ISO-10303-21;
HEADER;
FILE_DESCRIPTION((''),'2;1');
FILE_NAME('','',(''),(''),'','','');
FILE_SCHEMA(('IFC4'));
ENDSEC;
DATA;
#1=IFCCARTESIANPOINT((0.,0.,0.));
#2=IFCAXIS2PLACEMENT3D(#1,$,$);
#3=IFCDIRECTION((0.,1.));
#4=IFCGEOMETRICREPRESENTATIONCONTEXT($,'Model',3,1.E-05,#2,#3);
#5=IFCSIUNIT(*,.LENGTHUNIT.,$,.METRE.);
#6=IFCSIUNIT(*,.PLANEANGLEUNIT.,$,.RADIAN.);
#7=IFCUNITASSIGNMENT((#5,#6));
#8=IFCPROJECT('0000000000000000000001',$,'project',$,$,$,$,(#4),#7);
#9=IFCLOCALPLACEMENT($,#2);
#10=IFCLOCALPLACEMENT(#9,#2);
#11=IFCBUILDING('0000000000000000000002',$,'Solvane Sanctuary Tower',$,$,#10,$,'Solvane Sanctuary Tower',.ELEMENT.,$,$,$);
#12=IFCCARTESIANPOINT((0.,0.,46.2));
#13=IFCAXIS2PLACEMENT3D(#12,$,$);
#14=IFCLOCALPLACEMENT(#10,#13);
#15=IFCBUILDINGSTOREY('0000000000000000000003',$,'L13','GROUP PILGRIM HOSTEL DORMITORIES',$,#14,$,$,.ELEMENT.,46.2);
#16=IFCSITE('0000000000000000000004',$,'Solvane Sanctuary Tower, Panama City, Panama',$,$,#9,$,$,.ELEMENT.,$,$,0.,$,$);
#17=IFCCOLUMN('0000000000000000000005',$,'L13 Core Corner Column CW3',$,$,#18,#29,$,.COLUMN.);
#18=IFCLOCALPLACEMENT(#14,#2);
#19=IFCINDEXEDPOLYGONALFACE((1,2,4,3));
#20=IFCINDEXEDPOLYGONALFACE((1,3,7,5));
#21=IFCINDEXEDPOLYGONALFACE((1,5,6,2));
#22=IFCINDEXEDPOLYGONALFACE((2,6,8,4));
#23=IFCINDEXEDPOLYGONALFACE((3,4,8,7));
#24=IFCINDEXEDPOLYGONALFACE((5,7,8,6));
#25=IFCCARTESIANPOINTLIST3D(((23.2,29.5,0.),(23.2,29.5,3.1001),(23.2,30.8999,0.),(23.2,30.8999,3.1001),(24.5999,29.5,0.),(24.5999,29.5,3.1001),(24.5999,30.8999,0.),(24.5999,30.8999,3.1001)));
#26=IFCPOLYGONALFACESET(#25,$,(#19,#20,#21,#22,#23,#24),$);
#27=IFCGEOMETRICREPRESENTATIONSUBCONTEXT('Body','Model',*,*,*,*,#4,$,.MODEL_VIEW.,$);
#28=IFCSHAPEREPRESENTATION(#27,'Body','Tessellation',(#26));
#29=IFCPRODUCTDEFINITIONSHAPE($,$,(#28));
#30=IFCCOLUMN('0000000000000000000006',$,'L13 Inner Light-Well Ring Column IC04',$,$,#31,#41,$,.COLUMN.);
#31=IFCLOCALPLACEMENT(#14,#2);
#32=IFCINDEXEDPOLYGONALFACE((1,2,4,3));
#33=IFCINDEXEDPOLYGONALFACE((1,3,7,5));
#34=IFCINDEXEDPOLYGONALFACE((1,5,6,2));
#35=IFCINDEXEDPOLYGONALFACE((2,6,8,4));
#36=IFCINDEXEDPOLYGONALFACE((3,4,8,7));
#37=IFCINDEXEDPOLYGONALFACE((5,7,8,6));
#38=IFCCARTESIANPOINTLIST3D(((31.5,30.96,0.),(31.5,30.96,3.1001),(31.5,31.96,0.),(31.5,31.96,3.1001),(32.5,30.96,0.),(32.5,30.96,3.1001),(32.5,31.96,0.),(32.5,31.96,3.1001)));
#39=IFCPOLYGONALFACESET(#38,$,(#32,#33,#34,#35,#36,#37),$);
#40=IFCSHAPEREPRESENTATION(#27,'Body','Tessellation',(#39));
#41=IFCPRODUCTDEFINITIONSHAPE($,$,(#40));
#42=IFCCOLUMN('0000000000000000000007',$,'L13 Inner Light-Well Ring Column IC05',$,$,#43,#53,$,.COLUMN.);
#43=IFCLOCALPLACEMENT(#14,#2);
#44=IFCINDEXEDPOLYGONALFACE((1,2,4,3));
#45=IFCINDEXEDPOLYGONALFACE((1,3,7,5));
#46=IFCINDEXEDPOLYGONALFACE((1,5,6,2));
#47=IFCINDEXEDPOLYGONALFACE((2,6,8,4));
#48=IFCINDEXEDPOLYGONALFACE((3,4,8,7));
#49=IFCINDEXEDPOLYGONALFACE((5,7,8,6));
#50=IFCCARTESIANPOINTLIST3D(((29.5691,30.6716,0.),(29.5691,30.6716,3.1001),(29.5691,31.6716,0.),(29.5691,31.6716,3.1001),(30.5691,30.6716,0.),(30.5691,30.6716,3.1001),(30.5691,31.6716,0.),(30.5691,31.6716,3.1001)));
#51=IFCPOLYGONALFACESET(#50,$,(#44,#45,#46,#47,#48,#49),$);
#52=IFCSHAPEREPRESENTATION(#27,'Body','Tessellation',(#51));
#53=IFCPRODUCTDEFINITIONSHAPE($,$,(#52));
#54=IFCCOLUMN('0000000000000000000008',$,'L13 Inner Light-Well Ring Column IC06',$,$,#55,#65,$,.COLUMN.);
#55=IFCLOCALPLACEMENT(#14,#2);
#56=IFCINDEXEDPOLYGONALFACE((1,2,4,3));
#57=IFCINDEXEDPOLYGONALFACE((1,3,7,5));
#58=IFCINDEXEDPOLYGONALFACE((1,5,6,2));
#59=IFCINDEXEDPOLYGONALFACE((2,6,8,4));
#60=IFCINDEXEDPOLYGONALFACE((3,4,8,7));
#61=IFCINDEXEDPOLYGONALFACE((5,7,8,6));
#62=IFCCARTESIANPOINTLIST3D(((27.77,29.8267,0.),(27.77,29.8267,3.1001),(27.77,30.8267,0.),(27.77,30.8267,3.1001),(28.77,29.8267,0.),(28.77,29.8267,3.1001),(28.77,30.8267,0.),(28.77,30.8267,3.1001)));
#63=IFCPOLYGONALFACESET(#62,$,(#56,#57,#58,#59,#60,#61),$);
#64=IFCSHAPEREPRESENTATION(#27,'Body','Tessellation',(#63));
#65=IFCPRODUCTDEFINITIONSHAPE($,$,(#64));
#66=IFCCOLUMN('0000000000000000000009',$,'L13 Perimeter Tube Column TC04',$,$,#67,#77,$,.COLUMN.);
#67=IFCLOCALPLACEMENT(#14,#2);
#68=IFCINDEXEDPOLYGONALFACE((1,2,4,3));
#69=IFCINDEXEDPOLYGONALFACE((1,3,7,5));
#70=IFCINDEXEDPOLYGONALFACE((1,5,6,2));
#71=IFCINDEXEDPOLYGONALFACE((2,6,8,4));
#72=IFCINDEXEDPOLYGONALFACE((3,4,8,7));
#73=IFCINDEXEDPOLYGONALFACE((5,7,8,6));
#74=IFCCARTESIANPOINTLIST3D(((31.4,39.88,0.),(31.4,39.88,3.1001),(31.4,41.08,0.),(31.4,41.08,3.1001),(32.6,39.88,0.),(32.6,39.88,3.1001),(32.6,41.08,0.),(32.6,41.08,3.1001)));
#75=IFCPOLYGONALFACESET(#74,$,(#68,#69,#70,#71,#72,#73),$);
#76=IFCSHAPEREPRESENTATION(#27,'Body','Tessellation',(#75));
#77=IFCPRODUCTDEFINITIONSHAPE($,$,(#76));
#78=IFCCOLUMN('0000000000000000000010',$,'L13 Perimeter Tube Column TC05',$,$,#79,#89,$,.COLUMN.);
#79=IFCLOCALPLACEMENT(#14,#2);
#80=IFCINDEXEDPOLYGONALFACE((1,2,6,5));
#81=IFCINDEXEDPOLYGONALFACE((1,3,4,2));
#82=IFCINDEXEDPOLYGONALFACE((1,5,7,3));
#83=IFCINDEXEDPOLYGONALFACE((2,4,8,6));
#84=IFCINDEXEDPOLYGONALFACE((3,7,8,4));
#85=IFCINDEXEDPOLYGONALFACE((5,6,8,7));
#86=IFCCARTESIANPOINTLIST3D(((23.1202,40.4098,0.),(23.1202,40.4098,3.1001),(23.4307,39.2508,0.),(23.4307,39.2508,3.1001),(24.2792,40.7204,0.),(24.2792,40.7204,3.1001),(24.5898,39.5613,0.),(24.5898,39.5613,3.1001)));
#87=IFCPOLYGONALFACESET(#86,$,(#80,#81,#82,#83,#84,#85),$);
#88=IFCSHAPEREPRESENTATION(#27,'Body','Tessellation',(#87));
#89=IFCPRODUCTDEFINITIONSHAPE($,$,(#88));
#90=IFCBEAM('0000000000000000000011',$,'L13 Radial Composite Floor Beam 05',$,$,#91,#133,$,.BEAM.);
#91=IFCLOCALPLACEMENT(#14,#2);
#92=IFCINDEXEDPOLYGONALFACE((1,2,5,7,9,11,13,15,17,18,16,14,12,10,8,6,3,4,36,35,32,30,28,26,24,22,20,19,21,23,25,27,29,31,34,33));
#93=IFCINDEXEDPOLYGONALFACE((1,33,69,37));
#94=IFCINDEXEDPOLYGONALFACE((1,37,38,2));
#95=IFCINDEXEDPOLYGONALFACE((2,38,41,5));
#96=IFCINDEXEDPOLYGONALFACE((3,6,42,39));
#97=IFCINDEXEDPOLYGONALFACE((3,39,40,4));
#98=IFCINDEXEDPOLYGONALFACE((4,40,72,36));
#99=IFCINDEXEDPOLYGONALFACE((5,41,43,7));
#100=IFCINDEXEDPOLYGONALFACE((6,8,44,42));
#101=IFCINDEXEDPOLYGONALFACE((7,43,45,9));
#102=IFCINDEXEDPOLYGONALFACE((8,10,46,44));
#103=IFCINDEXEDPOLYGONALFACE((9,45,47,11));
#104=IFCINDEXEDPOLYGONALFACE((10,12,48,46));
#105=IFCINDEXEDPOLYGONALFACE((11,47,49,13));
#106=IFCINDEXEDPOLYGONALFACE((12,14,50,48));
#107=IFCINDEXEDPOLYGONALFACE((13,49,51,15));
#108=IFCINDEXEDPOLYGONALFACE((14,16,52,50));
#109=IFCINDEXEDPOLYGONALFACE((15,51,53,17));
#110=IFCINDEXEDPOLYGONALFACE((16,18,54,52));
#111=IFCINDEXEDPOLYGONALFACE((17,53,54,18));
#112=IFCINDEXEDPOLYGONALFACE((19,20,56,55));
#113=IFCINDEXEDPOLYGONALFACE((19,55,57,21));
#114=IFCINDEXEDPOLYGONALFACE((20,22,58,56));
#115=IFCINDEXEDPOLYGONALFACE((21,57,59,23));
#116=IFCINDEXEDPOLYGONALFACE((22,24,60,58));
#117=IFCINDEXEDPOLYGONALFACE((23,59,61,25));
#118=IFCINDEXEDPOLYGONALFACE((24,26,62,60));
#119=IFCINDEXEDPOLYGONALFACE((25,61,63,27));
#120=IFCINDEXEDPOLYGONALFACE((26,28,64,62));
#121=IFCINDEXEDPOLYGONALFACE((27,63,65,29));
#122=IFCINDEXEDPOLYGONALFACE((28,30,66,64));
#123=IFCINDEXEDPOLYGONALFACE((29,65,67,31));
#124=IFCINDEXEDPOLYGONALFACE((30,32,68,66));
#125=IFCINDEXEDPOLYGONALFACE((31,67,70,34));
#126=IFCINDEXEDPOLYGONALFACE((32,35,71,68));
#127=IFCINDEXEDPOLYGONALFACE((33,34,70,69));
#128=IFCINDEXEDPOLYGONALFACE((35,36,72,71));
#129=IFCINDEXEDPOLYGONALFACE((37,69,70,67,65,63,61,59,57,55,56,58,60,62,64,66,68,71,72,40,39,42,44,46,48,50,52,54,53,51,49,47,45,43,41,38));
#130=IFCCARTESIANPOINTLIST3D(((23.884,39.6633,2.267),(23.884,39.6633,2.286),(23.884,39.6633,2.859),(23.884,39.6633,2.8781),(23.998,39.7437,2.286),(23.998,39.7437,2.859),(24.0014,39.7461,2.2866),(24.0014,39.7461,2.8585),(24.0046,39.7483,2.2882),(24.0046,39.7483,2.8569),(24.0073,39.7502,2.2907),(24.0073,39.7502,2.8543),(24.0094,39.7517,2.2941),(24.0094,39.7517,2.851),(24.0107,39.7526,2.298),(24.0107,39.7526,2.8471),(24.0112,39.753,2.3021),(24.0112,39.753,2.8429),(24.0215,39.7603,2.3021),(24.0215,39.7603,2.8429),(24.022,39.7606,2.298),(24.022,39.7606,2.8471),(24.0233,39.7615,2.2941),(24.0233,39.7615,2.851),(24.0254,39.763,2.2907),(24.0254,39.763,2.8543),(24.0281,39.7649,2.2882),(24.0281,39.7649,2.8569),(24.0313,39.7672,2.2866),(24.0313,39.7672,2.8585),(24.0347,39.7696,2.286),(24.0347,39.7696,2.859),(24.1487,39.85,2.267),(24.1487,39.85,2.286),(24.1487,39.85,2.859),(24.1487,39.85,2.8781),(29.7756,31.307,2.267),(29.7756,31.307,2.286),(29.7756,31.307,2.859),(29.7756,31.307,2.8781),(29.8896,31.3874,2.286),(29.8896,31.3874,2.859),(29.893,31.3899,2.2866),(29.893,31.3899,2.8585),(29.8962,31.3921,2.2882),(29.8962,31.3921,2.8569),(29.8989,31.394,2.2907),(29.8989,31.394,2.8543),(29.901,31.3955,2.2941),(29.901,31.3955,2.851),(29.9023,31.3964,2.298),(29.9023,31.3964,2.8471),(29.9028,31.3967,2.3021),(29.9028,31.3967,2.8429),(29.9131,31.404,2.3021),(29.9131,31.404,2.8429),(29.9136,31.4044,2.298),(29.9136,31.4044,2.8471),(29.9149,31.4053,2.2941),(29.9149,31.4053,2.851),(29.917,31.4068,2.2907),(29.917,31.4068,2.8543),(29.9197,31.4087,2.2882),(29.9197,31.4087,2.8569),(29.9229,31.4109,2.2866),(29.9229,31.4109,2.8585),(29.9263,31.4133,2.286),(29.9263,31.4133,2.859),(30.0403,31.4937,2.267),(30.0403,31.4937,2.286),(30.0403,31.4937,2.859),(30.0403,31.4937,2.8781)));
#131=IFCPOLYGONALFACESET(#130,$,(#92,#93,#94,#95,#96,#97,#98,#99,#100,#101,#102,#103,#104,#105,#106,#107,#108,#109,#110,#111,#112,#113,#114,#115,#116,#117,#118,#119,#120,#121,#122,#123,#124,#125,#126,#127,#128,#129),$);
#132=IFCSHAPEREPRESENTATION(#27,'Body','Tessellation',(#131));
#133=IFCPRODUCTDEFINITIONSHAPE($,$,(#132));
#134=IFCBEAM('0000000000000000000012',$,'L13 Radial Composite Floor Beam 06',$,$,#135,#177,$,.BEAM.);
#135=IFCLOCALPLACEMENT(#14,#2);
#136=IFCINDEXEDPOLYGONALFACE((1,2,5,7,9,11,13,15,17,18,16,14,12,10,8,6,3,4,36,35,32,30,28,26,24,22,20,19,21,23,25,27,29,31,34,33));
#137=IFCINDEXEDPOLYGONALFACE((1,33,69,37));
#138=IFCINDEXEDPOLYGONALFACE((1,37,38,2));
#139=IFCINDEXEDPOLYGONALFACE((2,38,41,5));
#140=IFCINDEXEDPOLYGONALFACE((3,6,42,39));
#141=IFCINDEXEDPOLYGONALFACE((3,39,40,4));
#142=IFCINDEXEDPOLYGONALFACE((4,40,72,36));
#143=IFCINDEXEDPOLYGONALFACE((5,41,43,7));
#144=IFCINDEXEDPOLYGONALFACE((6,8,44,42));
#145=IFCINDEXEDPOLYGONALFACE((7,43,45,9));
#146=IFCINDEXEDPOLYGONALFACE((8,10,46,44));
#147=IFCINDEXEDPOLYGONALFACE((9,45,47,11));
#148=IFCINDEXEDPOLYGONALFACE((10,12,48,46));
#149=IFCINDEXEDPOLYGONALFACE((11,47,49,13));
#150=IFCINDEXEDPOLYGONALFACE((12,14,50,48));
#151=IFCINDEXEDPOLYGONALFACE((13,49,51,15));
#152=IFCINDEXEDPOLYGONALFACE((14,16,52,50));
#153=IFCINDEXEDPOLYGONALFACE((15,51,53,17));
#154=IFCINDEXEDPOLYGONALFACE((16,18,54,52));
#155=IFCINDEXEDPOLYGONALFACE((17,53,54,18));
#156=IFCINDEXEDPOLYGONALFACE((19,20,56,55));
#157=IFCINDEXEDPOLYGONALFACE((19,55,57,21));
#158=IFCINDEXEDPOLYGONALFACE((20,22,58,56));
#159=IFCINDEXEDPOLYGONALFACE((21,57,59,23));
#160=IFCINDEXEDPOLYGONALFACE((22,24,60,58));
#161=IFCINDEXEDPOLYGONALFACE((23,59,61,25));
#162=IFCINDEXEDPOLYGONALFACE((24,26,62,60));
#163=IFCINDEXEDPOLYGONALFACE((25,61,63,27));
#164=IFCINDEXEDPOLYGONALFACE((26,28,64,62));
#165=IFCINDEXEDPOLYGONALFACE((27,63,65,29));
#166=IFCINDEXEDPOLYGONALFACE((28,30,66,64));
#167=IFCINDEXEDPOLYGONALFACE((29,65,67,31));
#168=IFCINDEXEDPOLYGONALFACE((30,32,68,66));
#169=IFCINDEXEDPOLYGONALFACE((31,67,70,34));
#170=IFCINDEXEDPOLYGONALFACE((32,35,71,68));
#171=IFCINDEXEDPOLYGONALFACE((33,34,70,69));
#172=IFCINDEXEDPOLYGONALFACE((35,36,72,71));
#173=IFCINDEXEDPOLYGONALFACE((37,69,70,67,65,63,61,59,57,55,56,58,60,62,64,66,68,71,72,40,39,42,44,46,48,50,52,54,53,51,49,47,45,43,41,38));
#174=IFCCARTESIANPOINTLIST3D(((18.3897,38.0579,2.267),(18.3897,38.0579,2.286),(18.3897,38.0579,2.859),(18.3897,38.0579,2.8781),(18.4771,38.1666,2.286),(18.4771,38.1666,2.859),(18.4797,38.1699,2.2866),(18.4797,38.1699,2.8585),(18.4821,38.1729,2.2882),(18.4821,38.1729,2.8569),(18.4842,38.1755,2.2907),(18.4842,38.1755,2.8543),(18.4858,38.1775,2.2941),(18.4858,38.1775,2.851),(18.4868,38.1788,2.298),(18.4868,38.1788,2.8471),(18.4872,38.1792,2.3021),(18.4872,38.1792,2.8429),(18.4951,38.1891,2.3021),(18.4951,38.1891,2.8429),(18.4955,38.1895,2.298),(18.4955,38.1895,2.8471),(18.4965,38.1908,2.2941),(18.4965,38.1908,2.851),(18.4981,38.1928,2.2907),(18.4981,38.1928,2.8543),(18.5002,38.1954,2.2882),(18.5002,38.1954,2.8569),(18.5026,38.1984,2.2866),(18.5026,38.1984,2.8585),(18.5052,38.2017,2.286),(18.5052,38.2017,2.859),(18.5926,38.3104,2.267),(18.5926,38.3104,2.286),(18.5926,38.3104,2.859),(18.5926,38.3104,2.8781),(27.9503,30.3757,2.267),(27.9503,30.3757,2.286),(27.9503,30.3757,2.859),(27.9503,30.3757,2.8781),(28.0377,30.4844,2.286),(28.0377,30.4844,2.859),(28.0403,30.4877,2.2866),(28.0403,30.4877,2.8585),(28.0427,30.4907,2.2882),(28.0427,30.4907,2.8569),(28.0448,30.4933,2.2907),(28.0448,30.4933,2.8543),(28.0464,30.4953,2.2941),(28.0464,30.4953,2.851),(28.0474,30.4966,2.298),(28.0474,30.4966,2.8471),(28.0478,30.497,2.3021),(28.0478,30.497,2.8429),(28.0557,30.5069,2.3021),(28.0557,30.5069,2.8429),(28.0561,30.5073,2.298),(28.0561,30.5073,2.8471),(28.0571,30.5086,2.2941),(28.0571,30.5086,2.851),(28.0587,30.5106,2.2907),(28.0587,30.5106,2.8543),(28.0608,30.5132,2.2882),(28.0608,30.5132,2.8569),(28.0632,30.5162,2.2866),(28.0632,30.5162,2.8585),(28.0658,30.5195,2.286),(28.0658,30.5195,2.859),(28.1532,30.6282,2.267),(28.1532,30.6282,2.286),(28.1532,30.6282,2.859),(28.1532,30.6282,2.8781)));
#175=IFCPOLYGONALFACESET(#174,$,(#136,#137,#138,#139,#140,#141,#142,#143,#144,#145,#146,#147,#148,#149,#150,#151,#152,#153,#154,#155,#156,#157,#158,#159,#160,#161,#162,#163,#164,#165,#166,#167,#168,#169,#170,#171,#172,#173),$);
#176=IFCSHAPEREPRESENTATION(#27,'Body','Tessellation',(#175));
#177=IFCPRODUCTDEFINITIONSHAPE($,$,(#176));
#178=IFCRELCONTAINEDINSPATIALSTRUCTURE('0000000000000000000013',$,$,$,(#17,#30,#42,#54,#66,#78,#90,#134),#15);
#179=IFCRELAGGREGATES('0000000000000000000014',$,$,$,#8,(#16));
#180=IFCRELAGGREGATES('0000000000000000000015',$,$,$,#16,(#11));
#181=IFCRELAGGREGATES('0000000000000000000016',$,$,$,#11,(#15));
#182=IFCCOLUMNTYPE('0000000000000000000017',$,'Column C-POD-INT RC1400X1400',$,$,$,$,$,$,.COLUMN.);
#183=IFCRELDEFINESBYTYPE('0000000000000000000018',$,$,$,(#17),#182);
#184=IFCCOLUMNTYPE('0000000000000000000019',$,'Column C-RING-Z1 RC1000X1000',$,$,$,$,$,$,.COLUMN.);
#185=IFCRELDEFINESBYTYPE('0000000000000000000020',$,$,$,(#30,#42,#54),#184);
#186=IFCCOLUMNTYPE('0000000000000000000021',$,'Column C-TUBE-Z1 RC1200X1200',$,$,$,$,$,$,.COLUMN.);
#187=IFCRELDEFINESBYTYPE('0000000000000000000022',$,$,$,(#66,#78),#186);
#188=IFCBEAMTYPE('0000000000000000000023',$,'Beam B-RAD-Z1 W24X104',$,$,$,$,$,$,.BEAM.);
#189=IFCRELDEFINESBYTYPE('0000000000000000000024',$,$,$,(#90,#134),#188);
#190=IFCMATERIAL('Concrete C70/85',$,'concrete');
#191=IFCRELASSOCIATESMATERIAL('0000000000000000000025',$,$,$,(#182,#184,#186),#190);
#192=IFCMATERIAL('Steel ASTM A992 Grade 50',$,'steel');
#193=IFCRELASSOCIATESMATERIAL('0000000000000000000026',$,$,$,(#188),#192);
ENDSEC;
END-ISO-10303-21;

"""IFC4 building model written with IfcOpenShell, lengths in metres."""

from ifc_helpers import new_model, si_unit, direction, frame, origin, origin_2d, place, context, subcontext, project, spatial, rectangle, i_section, extrude, material, material_profile, profile_set, type_object, element, save


model = new_model("IFC4")

# Units and contexts
model_context = context("Model", 3, precision=1e-05, world=origin(), true_north=direction((0.0, 1.0)))
body_context = subcontext(model_context, "Body", "Model", "MODEL_VIEW")
ifc_project = project(units=[si_unit("LENGTHUNIT", "METRE"), si_unit("PLANEANGLEUNIT", "RADIAN")], contexts=[model_context])

# Site, building, storey
site_placement = place(None, origin())
site = spatial("IfcSite", under=ifc_project, at=site_placement, Name="Solvane Sanctuary Tower, Panama City, Panama", CompositionType="ELEMENT", RefElevation=0.0)
building_placement = place(site_placement, origin())
building = spatial("IfcBuilding", under=site, at=building_placement, Name="Solvane Sanctuary Tower", LongName="Solvane Sanctuary Tower", CompositionType="ELEMENT")
storey_placement = place(building_placement, frame((0.0, 0.0, 46.2)))
storey = spatial("IfcBuildingStorey", under=building, at=storey_placement, Name="L13", Description="GROUP PILGRIM HOSTEL DORMITORIES", CompositionType="ELEMENT", Elevation=46.2)

# Columns
ifc_material_1 = material(Name="Concrete C70/85", Category="concrete")
ifc_material_profile_1 = material_profile(ifc_material_1, rectangle(XDim=1.3999, YDim=1.3999, at=origin_2d()), Name="RC1400X1400")
ifc_profile_set_1 = profile_set([ifc_material_profile_1], Name="Concrete C70/85")
column_type_1 = type_object("IfcColumnType", Name="Column C-POD-INT RC1400X1400", PredefinedType="COLUMN", material=ifc_profile_set_1)
column_placement = place(storey_placement, frame((23.8999, 30.2, 0.0), z_axis=(0.0, 0.0, 1.0), x_axis=(1.0, 0.0, 0.0)))
element("IfcColumn", 1, at=column_placement, inside=storey, type_object=column_type_1, Name="L13 Core Corner Column CW3", PredefinedType="COLUMN", context=body_context, shape_type="SweptSolid", body=[
    extrude(rectangle(XDim=1.3999, YDim=1.3999, at=origin_2d()), origin(), (0.0, 0.0, 1.0), 3.1001),
])
ifc_material_profile_2 = material_profile(ifc_material_1, rectangle(XDim=1.0, YDim=1.0, at=origin_2d()), Name="RC1000X1000")
ifc_profile_set_2 = profile_set([ifc_material_profile_2], Name="Concrete C70/85")
column_type_2 = type_object("IfcColumnType", Name="Column C-RING-Z1 RC1000X1000", PredefinedType="COLUMN", material=ifc_profile_set_2)
for number, where, z_axis, x_axis, name in (
    (2, (32.0, 31.46, 0.0), (0.0, 0.0, 1.0), (1.0, 0.0, 0.0), "L13 Inner Light-Well Ring Column IC04"),
    (3, (30.0691, 31.1716, 0.0), (0.0, 0.0, 1.0), (1.0, 0.0, 0.0), "L13 Inner Light-Well Ring Column IC05"),
    (4, (28.27, 30.3267, 0.0), (0.0, 0.0, 1.0), (1.0, 0.0, 0.0), "L13 Inner Light-Well Ring Column IC06"),
):
    element("IfcColumn", number, at=place(storey_placement, frame(where, z_axis=z_axis, x_axis=x_axis)), inside=storey, type_object=column_type_2, Name=name, PredefinedType="COLUMN", context=body_context, shape_type="SweptSolid", body=[
        extrude(rectangle(XDim=1.0, YDim=1.0, at=origin_2d()), origin(), (0.0, 0.0, 1.0), 3.1001),
    ])
ifc_material_profile_3 = material_profile(ifc_material_1, rectangle(XDim=1.2, YDim=1.2, at=origin_2d()), Name="RC1200X1200")
ifc_profile_set_3 = profile_set([ifc_material_profile_3], Name="Concrete C70/85")
column_type_3 = type_object("IfcColumnType", Name="Column C-TUBE-Z1 RC1200X1200", PredefinedType="COLUMN", material=ifc_profile_set_3)
for number, where, z_axis, x_axis, name in (
    (5, (32.0, 40.48, 0.0), (0.0, 0.0, 1.0), (0.0, 1.0, 0.0), "L13 Perimeter Tube Column TC04"),
    (6, (23.855, 39.9856, 0.0), (0.0, 0.0, 1.0), (-0.258819, 0.965926, 0.0), "L13 Perimeter Tube Column TC05"),
):
    element("IfcColumn", number, at=place(storey_placement, frame(where, z_axis=z_axis, x_axis=x_axis)), inside=storey, type_object=column_type_3, Name=name, PredefinedType="COLUMN", context=body_context, shape_type="SweptSolid", body=[
        extrude(rectangle(XDim=1.2, YDim=1.2, at=origin_2d()), origin(), (0.0, 0.0, 1.0), 3.1001),
    ])

# Beams
ifc_material_2 = material(Name="Steel ASTM A992 Grade 50", Category="steel")
ifc_material_profile_4 = material_profile(ifc_material_2, i_section(OverallWidth=0.324, OverallDepth=0.6111, WebThickness=0.0127, FlangeThickness=0.019, FilletRadius=0.0161, at=origin_2d()), Name="W24X104")
ifc_profile_set_4 = profile_set([ifc_material_profile_4], Name="Steel ASTM A992 Grade 50")
beam_type_1 = type_object("IfcBeamType", Name="Beam B-RAD-Z1 W24X104", PredefinedType="BEAM", material=ifc_profile_set_4)
beam_1_placement = place(storey_placement, frame((29.908, 31.4004, 2.5725), z_axis=(-0.576233, 0.817285, 0.0), x_axis=(-0.817285, -0.576233, 0.0)))
element("IfcBeam", 7, at=beam_1_placement, inside=storey, type_object=beam_type_1, Name="L13 Radial Composite Floor Beam 05", PredefinedType="BEAM", context=body_context, shape_type="SweptSolid", body=[
    extrude(i_section(OverallWidth=0.324, OverallDepth=0.6111, WebThickness=0.0127, FlangeThickness=0.019, FilletRadius=0.0161, at=origin_2d()), origin(), (0.0, 0.0, 1.0), 10.2244),
])
beam_2_placement = place(storey_placement, frame((28.0518, 30.502, 2.5725), z_axis=(-0.779527, 0.626369, 0.0), x_axis=(-0.626369, -0.779527, 0.0)))
element("IfcBeam", 8, at=beam_2_placement, inside=storey, type_object=beam_type_1, Name="L13 Radial Composite Floor Beam 06", PredefinedType="BEAM", context=body_context, shape_type="SweptSolid", body=[
    extrude(i_section(OverallWidth=0.324, OverallDepth=0.6111, WebThickness=0.0127, FlangeThickness=0.019, FilletRadius=0.0161, at=origin_2d()), origin(), (0.0, 0.0, 1.0), 12.2646),
])

save(model, "model.ifc")
